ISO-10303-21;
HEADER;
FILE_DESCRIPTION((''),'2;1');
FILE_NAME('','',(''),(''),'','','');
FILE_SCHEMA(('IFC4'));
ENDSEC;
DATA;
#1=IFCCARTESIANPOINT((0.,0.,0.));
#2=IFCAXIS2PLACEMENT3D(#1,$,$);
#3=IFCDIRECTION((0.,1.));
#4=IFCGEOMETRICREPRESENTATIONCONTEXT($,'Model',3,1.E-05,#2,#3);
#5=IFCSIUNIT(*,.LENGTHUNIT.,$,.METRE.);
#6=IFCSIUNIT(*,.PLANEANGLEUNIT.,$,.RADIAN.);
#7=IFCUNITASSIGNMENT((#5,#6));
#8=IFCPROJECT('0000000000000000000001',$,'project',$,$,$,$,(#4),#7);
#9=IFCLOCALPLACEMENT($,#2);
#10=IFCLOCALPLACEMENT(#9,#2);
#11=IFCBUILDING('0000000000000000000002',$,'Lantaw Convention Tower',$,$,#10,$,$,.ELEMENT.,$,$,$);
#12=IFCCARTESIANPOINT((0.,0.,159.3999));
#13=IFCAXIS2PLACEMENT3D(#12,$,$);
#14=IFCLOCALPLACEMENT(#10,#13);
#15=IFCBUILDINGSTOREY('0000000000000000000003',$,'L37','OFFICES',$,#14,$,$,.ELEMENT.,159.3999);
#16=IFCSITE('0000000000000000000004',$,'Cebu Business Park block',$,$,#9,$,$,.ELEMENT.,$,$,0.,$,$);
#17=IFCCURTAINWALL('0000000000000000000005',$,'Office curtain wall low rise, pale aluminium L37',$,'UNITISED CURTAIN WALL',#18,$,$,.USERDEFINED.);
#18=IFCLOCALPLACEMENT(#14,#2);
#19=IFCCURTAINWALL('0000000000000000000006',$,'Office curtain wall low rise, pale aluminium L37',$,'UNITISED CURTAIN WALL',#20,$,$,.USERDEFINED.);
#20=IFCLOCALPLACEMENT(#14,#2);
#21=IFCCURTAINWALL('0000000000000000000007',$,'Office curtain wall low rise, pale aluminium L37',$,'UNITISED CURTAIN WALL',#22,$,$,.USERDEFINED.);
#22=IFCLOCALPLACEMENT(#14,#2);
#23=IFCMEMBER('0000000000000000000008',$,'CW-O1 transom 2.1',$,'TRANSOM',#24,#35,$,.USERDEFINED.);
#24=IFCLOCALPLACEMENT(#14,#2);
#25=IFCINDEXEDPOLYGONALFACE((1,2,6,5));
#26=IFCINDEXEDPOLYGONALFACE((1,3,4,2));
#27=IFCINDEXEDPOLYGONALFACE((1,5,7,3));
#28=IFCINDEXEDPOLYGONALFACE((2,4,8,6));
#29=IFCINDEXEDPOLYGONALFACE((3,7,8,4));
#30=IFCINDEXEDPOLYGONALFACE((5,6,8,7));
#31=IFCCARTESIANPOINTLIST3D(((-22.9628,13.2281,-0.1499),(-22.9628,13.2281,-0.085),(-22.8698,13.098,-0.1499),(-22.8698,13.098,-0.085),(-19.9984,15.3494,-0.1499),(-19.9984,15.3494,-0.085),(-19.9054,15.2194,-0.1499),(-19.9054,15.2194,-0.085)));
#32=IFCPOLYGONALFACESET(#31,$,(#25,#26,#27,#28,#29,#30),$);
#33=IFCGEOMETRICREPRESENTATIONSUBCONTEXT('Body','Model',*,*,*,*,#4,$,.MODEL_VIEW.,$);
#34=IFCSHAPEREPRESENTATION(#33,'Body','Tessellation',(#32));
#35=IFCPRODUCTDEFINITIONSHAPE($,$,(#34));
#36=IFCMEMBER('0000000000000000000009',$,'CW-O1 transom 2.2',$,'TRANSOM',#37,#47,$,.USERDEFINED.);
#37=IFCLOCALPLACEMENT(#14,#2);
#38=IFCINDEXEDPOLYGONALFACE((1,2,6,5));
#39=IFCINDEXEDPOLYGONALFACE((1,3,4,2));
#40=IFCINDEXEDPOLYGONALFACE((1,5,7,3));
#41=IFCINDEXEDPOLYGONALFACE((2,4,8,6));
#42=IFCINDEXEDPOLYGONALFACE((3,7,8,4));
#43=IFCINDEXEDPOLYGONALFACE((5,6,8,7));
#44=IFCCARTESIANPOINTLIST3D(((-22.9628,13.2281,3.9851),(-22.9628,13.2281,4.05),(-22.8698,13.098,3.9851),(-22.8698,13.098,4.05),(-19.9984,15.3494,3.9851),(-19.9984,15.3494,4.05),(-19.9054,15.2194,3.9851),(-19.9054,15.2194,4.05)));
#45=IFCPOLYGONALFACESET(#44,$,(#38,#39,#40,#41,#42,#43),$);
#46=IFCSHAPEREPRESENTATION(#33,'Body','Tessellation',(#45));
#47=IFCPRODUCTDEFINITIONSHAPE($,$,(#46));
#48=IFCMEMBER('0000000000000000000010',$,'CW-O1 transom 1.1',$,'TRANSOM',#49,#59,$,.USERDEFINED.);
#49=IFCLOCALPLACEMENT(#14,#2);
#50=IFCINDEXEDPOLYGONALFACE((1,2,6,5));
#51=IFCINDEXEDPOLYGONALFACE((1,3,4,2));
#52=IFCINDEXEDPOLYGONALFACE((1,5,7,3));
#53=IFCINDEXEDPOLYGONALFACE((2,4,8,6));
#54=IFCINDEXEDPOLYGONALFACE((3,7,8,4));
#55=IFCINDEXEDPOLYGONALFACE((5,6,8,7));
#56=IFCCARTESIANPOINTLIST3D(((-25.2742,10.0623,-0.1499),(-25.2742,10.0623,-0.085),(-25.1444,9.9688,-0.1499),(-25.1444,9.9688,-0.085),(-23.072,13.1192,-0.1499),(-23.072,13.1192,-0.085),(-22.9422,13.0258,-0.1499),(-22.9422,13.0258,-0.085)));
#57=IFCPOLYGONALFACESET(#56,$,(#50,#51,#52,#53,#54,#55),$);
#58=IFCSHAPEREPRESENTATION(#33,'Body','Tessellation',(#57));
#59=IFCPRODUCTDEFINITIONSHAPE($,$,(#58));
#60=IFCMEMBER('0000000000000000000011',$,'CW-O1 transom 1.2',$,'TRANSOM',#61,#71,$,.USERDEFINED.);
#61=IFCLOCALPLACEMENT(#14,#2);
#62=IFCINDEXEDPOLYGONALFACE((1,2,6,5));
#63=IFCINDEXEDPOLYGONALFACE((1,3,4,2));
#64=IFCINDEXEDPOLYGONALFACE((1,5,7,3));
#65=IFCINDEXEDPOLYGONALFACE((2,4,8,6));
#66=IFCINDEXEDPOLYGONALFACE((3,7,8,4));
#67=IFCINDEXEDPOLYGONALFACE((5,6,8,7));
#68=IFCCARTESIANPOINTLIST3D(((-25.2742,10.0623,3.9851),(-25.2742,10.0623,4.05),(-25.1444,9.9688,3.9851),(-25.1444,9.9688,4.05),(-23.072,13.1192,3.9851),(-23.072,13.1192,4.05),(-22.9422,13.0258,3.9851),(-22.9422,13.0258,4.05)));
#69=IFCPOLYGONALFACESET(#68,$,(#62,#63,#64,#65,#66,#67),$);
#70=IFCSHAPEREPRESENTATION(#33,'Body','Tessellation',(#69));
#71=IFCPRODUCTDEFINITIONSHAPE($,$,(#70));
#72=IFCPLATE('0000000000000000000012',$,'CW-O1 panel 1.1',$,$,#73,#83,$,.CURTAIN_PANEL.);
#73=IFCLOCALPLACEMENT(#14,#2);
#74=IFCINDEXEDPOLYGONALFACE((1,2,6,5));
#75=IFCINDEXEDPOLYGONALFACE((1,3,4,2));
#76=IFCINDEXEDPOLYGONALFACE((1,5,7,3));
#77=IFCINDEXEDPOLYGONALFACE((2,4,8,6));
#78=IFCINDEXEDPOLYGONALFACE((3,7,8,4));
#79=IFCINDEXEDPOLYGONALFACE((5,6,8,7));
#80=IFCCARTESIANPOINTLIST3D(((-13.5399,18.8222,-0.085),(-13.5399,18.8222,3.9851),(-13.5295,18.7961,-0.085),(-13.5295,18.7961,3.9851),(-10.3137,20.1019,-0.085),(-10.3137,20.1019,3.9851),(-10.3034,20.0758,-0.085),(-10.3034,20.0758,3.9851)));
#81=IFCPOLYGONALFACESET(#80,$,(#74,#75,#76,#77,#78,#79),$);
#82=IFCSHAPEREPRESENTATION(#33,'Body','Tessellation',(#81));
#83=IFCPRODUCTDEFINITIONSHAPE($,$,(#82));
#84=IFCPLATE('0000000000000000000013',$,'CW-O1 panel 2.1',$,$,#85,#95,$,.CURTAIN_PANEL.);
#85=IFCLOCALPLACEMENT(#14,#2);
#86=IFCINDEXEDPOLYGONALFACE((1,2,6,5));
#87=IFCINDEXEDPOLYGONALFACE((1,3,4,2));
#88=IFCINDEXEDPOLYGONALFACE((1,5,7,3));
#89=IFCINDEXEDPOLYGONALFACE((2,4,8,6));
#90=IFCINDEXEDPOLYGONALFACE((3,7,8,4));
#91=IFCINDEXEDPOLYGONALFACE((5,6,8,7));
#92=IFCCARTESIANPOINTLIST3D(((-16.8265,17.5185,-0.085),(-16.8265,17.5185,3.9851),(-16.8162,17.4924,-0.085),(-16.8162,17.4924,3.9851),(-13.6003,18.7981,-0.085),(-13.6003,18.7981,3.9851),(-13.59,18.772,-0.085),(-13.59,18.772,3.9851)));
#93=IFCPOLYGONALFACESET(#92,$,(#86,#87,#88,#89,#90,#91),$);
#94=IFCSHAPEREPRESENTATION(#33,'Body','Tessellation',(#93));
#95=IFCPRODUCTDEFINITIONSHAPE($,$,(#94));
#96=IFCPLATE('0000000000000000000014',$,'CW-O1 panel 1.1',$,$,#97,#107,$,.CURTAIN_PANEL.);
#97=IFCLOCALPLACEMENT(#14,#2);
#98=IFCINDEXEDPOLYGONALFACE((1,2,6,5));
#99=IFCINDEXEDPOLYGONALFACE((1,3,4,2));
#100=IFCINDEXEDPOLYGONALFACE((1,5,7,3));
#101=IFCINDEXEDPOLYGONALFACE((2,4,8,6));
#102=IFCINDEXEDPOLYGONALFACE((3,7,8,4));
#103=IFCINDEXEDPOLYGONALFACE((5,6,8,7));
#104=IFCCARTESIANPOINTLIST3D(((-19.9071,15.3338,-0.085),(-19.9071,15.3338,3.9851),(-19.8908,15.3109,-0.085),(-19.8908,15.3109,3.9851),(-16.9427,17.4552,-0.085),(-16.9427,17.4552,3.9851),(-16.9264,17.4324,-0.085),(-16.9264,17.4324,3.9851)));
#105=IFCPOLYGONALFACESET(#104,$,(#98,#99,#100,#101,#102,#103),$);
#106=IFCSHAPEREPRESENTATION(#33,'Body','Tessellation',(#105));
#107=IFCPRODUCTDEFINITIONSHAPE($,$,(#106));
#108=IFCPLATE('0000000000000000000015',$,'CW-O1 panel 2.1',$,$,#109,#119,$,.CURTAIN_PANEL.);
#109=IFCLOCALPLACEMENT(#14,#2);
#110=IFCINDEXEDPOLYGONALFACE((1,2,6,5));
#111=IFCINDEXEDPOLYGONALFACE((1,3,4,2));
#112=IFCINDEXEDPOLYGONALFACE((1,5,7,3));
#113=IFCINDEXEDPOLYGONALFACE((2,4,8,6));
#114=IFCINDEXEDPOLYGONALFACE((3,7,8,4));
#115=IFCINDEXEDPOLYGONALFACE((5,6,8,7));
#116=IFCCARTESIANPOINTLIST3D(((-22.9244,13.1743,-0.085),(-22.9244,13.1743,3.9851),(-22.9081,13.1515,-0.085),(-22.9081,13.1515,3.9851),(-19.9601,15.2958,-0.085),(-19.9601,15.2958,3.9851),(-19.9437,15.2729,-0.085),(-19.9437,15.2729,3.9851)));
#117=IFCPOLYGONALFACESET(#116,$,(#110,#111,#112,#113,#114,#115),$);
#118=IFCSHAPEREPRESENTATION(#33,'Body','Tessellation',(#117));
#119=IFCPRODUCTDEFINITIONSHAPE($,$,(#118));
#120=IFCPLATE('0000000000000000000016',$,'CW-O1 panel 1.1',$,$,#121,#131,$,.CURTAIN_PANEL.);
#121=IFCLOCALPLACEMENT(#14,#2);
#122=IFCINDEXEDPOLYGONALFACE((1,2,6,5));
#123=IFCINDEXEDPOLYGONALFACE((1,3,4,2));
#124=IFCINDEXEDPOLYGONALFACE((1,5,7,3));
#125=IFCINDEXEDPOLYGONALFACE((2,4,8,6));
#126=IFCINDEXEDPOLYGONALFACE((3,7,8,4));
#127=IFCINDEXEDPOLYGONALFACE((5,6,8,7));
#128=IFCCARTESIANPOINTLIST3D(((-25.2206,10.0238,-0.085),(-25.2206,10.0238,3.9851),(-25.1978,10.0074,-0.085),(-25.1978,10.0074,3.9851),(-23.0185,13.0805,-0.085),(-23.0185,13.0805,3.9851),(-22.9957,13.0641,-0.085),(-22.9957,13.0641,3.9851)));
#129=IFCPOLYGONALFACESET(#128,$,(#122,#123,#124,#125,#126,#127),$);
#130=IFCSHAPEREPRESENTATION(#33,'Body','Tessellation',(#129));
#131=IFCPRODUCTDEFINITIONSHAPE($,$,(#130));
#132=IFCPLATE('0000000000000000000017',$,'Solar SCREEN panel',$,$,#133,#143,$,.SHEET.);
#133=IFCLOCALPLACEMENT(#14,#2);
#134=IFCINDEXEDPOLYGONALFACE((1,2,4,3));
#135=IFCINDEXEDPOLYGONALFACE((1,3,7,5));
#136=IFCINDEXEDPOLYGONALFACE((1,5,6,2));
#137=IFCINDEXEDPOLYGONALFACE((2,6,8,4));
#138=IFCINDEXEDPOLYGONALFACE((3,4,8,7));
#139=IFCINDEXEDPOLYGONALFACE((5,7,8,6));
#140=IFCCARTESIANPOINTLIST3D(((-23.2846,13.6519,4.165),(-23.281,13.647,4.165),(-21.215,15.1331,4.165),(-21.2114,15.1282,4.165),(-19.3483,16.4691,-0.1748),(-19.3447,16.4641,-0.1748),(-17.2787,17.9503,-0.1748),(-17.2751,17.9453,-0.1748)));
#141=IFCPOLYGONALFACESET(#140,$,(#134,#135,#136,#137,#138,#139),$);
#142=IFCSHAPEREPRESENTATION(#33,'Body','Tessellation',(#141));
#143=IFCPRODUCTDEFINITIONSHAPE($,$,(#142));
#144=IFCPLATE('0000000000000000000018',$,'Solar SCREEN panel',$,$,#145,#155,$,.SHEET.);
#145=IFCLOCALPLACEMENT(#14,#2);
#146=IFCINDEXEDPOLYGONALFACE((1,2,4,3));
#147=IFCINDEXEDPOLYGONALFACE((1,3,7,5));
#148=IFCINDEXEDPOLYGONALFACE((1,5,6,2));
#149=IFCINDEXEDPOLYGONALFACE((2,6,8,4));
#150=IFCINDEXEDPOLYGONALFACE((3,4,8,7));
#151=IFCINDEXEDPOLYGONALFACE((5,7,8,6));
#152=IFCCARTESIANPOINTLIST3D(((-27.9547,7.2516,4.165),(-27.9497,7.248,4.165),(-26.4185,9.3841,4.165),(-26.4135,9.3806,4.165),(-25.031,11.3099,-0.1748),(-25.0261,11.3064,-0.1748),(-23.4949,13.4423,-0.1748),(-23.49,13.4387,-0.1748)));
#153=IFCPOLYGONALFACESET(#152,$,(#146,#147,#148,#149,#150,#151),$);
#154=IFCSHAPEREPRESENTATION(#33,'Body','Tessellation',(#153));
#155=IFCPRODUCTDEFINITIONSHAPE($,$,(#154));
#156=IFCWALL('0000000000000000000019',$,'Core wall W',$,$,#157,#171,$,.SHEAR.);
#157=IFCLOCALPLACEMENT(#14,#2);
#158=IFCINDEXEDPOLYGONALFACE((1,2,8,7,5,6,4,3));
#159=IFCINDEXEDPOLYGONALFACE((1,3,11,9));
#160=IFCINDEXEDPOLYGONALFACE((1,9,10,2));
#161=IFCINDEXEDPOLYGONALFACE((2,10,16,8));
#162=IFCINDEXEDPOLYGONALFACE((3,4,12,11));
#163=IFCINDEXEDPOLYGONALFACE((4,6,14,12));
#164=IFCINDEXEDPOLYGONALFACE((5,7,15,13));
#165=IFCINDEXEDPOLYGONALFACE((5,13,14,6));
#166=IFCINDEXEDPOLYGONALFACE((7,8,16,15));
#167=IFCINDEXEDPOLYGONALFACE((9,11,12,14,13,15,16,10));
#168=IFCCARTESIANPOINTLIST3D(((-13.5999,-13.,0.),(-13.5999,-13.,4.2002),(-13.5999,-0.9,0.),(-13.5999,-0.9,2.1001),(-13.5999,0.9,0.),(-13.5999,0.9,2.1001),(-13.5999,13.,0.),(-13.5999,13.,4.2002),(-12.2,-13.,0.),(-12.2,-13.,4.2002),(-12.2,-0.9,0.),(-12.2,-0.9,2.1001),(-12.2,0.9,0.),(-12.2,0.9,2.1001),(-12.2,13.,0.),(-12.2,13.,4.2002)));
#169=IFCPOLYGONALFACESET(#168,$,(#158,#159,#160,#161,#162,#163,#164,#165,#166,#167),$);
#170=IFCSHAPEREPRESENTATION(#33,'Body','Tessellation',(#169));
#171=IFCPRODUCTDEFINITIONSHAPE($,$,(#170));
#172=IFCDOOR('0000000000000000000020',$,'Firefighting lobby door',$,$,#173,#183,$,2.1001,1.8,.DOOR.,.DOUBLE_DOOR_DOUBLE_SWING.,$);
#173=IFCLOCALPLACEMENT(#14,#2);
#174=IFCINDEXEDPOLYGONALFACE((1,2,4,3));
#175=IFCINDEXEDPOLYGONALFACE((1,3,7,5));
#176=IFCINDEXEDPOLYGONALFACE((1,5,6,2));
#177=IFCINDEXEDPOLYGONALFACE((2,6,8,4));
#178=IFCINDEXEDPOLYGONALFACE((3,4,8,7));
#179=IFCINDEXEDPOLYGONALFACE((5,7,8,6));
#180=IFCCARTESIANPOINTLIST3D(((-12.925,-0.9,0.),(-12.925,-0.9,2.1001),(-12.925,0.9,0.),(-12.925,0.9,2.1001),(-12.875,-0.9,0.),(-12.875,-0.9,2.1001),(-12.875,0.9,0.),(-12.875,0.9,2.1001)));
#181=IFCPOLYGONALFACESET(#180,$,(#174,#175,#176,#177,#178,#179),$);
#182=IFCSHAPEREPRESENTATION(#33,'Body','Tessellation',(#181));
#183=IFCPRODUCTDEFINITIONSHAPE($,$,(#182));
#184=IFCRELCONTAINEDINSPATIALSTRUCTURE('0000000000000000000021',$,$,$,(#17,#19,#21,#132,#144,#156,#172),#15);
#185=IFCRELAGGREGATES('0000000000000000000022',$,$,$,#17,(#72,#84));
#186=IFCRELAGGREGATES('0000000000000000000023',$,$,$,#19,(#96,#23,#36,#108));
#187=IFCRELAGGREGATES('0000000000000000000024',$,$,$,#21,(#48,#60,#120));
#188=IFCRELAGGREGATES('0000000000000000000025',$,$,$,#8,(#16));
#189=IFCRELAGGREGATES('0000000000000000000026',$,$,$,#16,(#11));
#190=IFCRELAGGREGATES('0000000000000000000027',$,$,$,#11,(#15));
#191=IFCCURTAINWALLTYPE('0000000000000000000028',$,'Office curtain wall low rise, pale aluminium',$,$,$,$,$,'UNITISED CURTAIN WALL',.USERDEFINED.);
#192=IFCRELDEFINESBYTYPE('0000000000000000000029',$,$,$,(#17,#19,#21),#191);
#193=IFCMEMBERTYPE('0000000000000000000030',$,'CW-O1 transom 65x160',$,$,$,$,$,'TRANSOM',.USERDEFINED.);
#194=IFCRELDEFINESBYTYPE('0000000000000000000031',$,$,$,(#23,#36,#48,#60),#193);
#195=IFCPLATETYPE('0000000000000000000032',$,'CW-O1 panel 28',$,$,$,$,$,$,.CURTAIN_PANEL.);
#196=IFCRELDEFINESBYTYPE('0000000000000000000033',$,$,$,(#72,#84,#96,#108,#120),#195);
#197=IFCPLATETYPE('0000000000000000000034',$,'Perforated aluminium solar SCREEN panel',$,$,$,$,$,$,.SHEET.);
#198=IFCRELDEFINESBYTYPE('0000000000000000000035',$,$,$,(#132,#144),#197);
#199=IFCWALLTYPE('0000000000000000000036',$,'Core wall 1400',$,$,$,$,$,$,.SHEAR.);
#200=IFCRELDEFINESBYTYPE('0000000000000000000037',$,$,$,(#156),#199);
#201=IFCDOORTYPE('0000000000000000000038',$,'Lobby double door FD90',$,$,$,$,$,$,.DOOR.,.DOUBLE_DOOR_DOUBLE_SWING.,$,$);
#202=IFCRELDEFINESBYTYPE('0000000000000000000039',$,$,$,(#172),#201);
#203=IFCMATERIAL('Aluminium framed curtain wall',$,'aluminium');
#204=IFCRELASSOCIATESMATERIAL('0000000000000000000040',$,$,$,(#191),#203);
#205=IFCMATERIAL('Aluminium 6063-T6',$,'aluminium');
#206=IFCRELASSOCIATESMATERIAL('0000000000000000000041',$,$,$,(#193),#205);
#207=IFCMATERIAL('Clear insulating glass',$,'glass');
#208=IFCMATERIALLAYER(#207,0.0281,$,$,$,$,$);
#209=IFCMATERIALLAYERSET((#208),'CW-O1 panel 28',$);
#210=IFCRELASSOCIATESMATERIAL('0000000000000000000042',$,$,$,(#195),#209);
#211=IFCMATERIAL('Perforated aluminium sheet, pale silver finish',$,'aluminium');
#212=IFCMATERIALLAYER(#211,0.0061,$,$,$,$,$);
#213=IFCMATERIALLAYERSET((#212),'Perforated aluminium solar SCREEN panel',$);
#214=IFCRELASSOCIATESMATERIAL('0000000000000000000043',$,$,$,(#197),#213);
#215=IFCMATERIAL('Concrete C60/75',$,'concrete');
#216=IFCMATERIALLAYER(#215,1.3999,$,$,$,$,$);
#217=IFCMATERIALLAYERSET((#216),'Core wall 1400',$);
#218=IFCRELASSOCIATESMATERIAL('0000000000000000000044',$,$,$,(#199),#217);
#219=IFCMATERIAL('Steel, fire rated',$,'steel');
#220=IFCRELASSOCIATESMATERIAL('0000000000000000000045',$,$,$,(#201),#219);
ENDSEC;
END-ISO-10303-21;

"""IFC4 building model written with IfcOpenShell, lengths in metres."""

from ifc_helpers import new_model, si_unit, direction, frame, frame_2d, origin, origin_2d, place, context, subcontext, project, spatial, polyline, rectangle, outline, extrude, material, layer, layer_set, material_profile, profile_set, type_object, element, fill, aggregate, save


model = new_model("IFC4")

# Units and contexts
model_context = context("Model", 3, precision=1e-05, world=origin(), true_north=direction((0.0, 1.0)))
body_context = subcontext(model_context, "Body", "Model", "MODEL_VIEW")
ifc_project = project(units=[si_unit("LENGTHUNIT", "METRE"), si_unit("PLANEANGLEUNIT", "RADIAN")], contexts=[model_context])

# Site, building, storey
site_placement = place(None, origin())
site = spatial("IfcSite", under=ifc_project, at=site_placement, Name="Cebu Business Park block", CompositionType="ELEMENT", RefElevation=0.0)
building_placement = place(site_placement, origin())
building = spatial("IfcBuilding", under=site, at=building_placement, Name="Lantaw Convention Tower", CompositionType="ELEMENT")
storey_placement = place(building_placement, frame((0.0, 0.0, 159.3999)))
storey = spatial("IfcBuildingStorey", under=building, at=storey_placement, Name="L37", Description="OFFICES", CompositionType="ELEMENT", Elevation=159.3999)

# Shared definitions
ifc_material_1 = material(Name="Concrete C60/75", Category="concrete")

# Curtain walls
ifc_material_2 = material(Name="Aluminium framed curtain wall", Category="aluminium")
curtain_wall_type = type_object("IfcCurtainWallType", Name="Office curtain wall low rise, pale aluminium", ElementType="UNITISED CURTAIN WALL", PredefinedType="USERDEFINED", material=ifc_material_2)
curtain_wall_1_placement = place(storey_placement, origin())
curtain_wall_1 = element("IfcCurtainWall", 1, at=curtain_wall_1_placement, inside=storey, type_object=curtain_wall_type, Name="Office curtain wall low rise, pale aluminium L37", ObjectType="UNITISED CURTAIN WALL", PredefinedType="USERDEFINED")
ifc_material_3 = material(Name="Aluminium 6063-T6", Category="aluminium")
curtain_wall_2_placement = place(storey_placement, origin())
curtain_wall_2 = element("IfcCurtainWall", 2, at=curtain_wall_2_placement, inside=storey, type_object=curtain_wall_type, Name="Office curtain wall low rise, pale aluminium L37", ObjectType="UNITISED CURTAIN WALL", PredefinedType="USERDEFINED")
curtain_wall_3_placement = place(storey_placement, origin())
curtain_wall_3 = element("IfcCurtainWall", 3, at=curtain_wall_3_placement, inside=storey, type_object=curtain_wall_type, Name="Office curtain wall low rise, pale aluminium L37", ObjectType="UNITISED CURTAIN WALL", PredefinedType="USERDEFINED")

# Members
ifc_material_profile_1 = material_profile(ifc_material_3, rectangle(XDim=0.1599, YDim=0.0649, at=origin_2d()), Name="CW-O1 transom 65x160")
ifc_profile_set_1 = profile_set([ifc_material_profile_1], Name="Aluminium 6063-T6")
member_type_1 = type_object("IfcMemberType", Name="CW-O1 transom 65x160", ElementType="TRANSOM", PredefinedType="USERDEFINED", material=ifc_profile_set_1)
member_1_placement = place(storey_placement, frame((-19.9519, 15.2844, -0.1174), z_axis=(-0.813222, -0.581954, 0.0), x_axis=(0.581954, -0.813222, 0.0)))
member_1 = element("IfcMember", 4, at=member_1_placement, type_object=member_type_1, Name="CW-O1 transom 2.1", ObjectType="TRANSOM", PredefinedType="USERDEFINED", context=body_context, shape_type="SweptSolid", body=[
    extrude(rectangle(XDim=0.1599, YDim=0.0649, at=origin_2d()), origin(), (0.0, 0.0, 1.0), 3.6453),
])
member_2_placement = place(storey_placement, frame((-19.9519, 15.2844, 4.0176), z_axis=(-0.813222, -0.581954, 0.0), x_axis=(0.581954, -0.813222, 0.0)))
member_2 = element("IfcMember", 5, at=member_2_placement, type_object=member_type_1, Name="CW-O1 transom 2.2", ObjectType="TRANSOM", PredefinedType="USERDEFINED", context=body_context, shape_type="SweptSolid", body=[
    extrude(rectangle(XDim=0.1599, YDim=0.0649, at=origin_2d()), origin(), (0.0, 0.0, 1.0), 3.6453),
])
member_3_placement = place(storey_placement, frame((-23.0071, 13.0725, -0.1174), z_axis=(-0.584513, -0.811384, 0.0), x_axis=(0.811384, -0.584513, 0.0)))
member_3 = element("IfcMember", 6, at=member_3_placement, type_object=member_type_1, Name="CW-O1 transom 1.1", ObjectType="TRANSOM", PredefinedType="USERDEFINED", context=body_context, shape_type="SweptSolid", body=[
    extrude(rectangle(XDim=0.1599, YDim=0.0649, at=origin_2d()), origin(), (0.0, 0.0, 1.0), 3.7676),
])
member_4_placement = place(storey_placement, frame((-23.0071, 13.0725, 4.0176), z_axis=(-0.584513, -0.811384, 0.0), x_axis=(0.811384, -0.584513, 0.0)))
member_4 = element("IfcMember", 7, at=member_4_placement, type_object=member_type_1, Name="CW-O1 transom 1.2", ObjectType="TRANSOM", PredefinedType="USERDEFINED", context=body_context, shape_type="SweptSolid", body=[
    extrude(rectangle(XDim=0.1599, YDim=0.0649, at=origin_2d()), origin(), (0.0, 0.0, 1.0), 3.7676),
])

# Plates
ifc_material_4 = material(Name="Clear insulating glass", Category="glass")
ifc_layer_1 = layer(ifc_material_4, 0.0281)
ifc_layer_set_1 = layer_set([ifc_layer_1], Name="CW-O1 panel 28")
plate_type_1 = type_object("IfcPlateType", Name="CW-O1 panel 28", PredefinedType="CURTAIN_PANEL", material=ifc_layer_set_1)
plate_1_placement = place(storey_placement, frame((-11.9216, 19.449, -0.085), z_axis=(0.0, 0.0, 1.0), x_axis=(-0.929548, -0.368702, 0.0)))
plate_1 = element("IfcPlate", 8, at=plate_1_placement, type_object=plate_type_1, Name="CW-O1 panel 1.1", PredefinedType="CURTAIN_PANEL", context=body_context, shape_type="SweptSolid", body=[
    extrude(rectangle(XDim=3.4707, YDim=0.0281, at=origin_2d()), origin(), (0.0, 0.0, 1.0), 4.0701),
])
plate_2_placement = place(storey_placement, frame((-15.2083, 18.1453, -0.085), z_axis=(0.0, 0.0, 1.0), x_axis=(-0.929548, -0.368702, 0.0)))
plate_2 = element("IfcPlate", 9, at=plate_2_placement, type_object=plate_type_1, Name="CW-O1 panel 2.1", PredefinedType="CURTAIN_PANEL", context=body_context, shape_type="SweptSolid", body=[
    extrude(rectangle(XDim=3.4707, YDim=0.0281, at=origin_2d()), origin(), (0.0, 0.0, 1.0), 4.0701),
])
aggregate(curtain_wall_1, [plate_1, plate_2])
plate_3_placement = place(storey_placement, frame((-18.4167, 16.3831, -0.085), z_axis=(0.0, 0.0, 1.0), x_axis=(-0.813208, -0.581973, 0.0)))
plate_3 = element("IfcPlate", 10, at=plate_3_placement, type_object=plate_type_1, Name="CW-O1 panel 1.1", PredefinedType="CURTAIN_PANEL", context=body_context, shape_type="SweptSolid", body=[
    extrude(rectangle(XDim=3.6453, YDim=0.0281, at=origin_2d()), origin(), (0.0, 0.0, 1.0), 4.0701),
])
plate_4_placement = place(storey_placement, frame((-21.4341, 14.2236, -0.085), z_axis=(0.0, 0.0, 1.0), x_axis=(-0.813208, -0.581973, 0.0)))
plate_4 = element("IfcPlate", 11, at=plate_4_placement, type_object=plate_type_1, Name="CW-O1 panel 2.1", PredefinedType="CURTAIN_PANEL", context=body_context, shape_type="SweptSolid", body=[
    extrude(rectangle(XDim=3.6453, YDim=0.0281, at=origin_2d()), origin(), (0.0, 0.0, 1.0), 4.0701),
])
aggregate(curtain_wall_2, [plate_3, member_1, member_2, plate_4])
plate_5_placement = place(storey_placement, frame((-24.1082, 11.5439, -0.085), z_axis=(0.0, 0.0, 1.0), x_axis=(-0.584513, -0.811385, 0.0)))
plate_5 = element("IfcPlate", 12, at=plate_5_placement, type_object=plate_type_1, Name="CW-O1 panel 1.1", PredefinedType="CURTAIN_PANEL", context=body_context, shape_type="SweptSolid", body=[
    extrude(rectangle(XDim=3.7673, YDim=0.0281, at=origin_2d()), origin(), (0.0, 0.0, 1.0), 4.0701),
])
aggregate(curtain_wall_3, [member_3, member_4, plate_5])

# Plates
ifc_material_5 = material(Name="Perforated aluminium sheet, pale silver finish", Category="aluminium")
ifc_layer_2 = layer(ifc_material_5, 0.0061)
ifc_layer_set_2 = layer_set([ifc_layer_2], Name="Perforated aluminium solar SCREEN panel")
plate_type_2 = type_object("IfcPlateType", Name="Perforated aluminium solar SCREEN panel", PredefinedType="SHEET", material=ifc_layer_set_2)
plate_6_placement = place(storey_placement, frame((-17.2751, 17.9453, -0.1748), z_axis=(0.582, -0.813189, 0.000012), x_axis=(-0.813189, -0.582, 0.0)))
element("IfcPlate", 13, at=plate_6_placement, inside=storey, type_object=plate_type_2, Name="Solar SCREEN panel", PredefinedType="SHEET", context=body_context, shape_type="SweptSolid", body=[
    extrude(outline(polyline([(0.0, 0.0), (2.545, 0.0), (7.3855, -4.3398), (4.8405, -4.3398), (0.0, 0.0)])), origin(), (0.0, 0.0, -1.0), 0.0061),
])
plate_7_placement = place(storey_placement, frame((-23.49, 13.4387, -0.1748), z_axis=(0.811395, -0.584498, 0.000036), x_axis=(-0.584498, -0.811395, 0.0)))
element("IfcPlate", 14, at=plate_7_placement, inside=storey, type_object=plate_type_2, Name="Solar SCREEN panel", PredefinedType="SHEET", context=body_context, shape_type="SweptSolid", body=[
    extrude(outline(polyline([(0.0, 0.0), (2.628, 0.0), (7.6298, -4.3398), (5.0016, -4.3398), (0.0, 0.0)])), origin(), (0.0, 0.0, -1.0), 0.0061),
])

# Wall, opening, door
ifc_layer_3 = layer(ifc_material_1, 1.3999)
ifc_layer_set_3 = layer_set([ifc_layer_3], Name="Core wall 1400")
wall_type_1 = type_object("IfcWallType", Name="Core wall 1400", PredefinedType="SHEAR", material=ifc_layer_set_3)
wall_1_placement = place(storey_placement, frame((-12.8999, 13.0, 0.0), z_axis=(0.0, 0.0, 1.0), x_axis=(0.0, -1.0, 0.0)))
wall_1 = element("IfcWall", 15, at=wall_1_placement, inside=storey, type_object=wall_type_1, Name="Core wall W", PredefinedType="SHEAR", context=body_context, shape_type="SweptSolid", body=[
    extrude(rectangle(XDim=26.0, YDim=1.3999, at=frame_2d((13.0, 0.0))), origin(), (0.0, 0.0, 1.0), 4.2002),
])
opening_placement = place(wall_1_placement, frame((12.1001, 0.0, 0.0)))
opening = element("IfcOpeningElement", 16, at=opening_placement, cuts=wall_1, PredefinedType="OPENING", context=body_context, shape_type="SweptSolid", body=[
    extrude(rectangle(XDim=1.8, YDim=2.1001, at=frame_2d((0.8999, 1.05))), frame((0.0, 0.71, 0.0), z_axis=(0.0, -1.0, 0.0), x_axis=(1.0, 0.0, 0.0)), (0.0, 0.0, 1.0), 1.4199),
])
ifc_material_6 = material(Name="Steel, fire rated", Category="steel")
door_type = type_object("IfcDoorType", Name="Lobby double door FD90", OperationType="DOUBLE_DOOR_DOUBLE_SWING", PredefinedType="DOOR", material=ifc_material_6)
door_placement = place(opening_placement, origin())
door = element("IfcDoor", 17, at=door_placement, inside=storey, type_object=door_type, Name="Firefighting lobby door", OperationType="DOUBLE_DOOR_DOUBLE_SWING", OverallHeight=2.1001, OverallWidth=1.8, PredefinedType="DOOR", context=body_context, shape_type="SweptSolid", body=[
    extrude(rectangle(XDim=1.8, YDim=2.1001, at=frame_2d((0.8999, 1.05))), frame((0.0, 0.0249, 0.0), z_axis=(0.0, -1.0, 0.0), x_axis=(1.0, 0.0, 0.0)), (0.0, 0.0, 1.0), 0.05),
])
fill(opening, door)

save(model, "model.ifc")
